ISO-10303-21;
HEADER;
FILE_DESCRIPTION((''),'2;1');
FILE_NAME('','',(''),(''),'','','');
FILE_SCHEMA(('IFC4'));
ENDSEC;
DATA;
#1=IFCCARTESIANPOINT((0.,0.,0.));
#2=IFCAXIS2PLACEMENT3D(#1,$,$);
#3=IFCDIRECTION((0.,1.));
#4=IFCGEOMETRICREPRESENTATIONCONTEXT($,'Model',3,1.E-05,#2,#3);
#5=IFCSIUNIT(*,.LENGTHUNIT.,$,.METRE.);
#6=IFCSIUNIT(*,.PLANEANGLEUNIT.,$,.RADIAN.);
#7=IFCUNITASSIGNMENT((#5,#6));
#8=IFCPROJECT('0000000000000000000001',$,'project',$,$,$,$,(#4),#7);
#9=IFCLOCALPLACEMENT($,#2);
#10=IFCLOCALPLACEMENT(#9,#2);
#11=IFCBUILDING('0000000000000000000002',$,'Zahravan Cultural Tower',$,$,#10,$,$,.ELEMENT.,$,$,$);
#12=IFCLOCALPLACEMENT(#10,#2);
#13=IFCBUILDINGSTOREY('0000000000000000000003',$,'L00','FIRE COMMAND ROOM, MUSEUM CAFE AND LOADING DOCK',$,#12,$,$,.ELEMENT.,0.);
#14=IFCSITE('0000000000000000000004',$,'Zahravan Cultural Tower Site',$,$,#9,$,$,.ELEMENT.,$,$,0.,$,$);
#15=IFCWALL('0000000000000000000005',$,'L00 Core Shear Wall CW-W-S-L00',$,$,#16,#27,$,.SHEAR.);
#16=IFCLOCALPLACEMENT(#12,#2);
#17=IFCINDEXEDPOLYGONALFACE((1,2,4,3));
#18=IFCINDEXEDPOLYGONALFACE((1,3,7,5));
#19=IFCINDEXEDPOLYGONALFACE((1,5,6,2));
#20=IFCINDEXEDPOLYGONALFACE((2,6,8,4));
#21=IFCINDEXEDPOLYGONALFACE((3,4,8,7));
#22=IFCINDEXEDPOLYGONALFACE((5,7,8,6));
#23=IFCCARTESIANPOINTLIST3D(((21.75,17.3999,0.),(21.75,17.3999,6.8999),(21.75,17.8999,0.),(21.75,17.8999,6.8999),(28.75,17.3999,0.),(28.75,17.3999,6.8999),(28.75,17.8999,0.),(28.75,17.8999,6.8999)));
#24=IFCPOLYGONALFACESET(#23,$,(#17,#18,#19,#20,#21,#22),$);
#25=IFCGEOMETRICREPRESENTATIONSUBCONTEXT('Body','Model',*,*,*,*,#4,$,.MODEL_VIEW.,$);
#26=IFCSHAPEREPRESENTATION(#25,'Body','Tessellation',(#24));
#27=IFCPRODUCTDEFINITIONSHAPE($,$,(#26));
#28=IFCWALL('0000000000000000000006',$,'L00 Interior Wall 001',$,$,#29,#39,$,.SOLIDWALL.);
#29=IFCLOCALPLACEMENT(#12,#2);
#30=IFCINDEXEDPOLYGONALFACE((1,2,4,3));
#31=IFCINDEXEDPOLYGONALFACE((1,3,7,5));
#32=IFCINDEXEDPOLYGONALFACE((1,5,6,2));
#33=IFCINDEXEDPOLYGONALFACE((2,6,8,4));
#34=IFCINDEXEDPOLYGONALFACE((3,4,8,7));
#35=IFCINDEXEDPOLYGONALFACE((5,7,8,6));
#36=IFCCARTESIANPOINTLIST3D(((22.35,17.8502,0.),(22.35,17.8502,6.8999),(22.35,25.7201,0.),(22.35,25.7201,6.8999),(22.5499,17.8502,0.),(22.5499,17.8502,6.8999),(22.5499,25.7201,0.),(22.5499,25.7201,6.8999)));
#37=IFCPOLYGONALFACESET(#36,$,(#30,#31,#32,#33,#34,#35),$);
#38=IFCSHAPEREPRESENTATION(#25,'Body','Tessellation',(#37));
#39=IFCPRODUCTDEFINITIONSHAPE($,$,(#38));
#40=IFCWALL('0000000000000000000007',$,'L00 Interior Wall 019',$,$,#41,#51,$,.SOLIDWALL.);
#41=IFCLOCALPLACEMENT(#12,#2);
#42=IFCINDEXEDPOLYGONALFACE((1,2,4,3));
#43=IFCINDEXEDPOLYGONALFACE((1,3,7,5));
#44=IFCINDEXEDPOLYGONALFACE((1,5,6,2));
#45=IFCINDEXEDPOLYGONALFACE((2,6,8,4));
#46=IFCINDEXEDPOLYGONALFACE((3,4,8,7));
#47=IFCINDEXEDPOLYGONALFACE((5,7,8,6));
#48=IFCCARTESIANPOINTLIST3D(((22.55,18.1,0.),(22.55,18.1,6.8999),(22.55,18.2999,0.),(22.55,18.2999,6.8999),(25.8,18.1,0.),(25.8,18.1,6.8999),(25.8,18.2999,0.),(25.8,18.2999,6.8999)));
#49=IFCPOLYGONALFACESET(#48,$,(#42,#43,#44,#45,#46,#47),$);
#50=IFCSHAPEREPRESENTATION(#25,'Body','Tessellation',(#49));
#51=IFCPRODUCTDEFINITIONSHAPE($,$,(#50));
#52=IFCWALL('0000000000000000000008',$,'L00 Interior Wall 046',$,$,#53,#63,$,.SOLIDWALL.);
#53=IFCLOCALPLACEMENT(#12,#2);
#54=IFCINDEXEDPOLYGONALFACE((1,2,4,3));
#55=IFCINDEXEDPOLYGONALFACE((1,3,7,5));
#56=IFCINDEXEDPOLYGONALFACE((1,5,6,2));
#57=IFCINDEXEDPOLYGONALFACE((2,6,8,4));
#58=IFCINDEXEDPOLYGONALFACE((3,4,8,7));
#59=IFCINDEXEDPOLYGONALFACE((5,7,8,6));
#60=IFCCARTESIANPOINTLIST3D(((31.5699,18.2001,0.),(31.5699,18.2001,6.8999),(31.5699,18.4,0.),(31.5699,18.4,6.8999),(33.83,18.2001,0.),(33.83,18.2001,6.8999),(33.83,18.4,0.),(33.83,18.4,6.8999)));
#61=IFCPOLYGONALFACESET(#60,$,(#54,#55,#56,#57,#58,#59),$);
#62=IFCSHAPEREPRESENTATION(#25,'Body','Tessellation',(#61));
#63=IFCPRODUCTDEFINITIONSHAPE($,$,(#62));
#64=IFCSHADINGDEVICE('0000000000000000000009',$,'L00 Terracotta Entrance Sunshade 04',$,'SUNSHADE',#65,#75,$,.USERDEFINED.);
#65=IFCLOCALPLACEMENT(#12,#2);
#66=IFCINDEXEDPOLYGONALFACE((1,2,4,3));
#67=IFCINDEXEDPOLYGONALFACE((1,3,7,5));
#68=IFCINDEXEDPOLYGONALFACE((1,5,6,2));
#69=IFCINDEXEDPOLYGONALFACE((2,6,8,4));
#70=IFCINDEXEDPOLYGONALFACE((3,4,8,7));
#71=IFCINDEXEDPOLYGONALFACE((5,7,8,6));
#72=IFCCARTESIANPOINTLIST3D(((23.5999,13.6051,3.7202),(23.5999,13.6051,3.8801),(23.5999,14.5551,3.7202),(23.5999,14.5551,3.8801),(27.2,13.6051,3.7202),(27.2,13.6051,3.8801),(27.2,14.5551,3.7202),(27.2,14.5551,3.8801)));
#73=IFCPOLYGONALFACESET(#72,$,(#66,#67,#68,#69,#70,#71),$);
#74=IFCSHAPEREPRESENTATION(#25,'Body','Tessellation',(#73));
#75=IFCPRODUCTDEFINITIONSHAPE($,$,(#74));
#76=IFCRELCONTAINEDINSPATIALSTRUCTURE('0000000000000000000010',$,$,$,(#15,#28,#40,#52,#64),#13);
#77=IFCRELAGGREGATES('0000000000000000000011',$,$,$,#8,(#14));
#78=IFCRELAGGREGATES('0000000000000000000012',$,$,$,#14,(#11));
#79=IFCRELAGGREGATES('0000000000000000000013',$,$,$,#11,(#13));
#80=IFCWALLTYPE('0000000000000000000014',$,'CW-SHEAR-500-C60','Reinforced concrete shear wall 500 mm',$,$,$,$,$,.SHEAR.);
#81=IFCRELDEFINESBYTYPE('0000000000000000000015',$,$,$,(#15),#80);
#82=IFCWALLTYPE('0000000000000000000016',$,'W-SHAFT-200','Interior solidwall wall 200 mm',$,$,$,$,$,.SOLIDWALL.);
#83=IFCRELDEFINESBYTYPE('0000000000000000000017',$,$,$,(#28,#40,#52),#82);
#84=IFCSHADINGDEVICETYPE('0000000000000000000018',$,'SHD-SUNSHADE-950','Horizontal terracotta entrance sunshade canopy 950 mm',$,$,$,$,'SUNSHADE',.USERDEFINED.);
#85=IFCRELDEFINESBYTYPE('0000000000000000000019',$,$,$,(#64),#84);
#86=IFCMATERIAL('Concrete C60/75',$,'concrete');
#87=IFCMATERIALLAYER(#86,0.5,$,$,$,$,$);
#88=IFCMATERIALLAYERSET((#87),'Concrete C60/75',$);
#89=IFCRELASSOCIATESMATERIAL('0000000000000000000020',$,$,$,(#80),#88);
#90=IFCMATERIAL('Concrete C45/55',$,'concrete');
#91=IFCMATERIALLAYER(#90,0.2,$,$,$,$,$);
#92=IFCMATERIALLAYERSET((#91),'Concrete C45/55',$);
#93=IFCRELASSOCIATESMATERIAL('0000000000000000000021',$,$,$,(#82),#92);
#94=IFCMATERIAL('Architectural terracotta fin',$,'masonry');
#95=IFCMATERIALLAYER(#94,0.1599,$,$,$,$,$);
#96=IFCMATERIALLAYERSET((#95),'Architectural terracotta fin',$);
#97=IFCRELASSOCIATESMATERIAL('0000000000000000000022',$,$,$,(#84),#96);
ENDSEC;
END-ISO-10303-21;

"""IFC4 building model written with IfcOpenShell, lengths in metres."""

from ifc_helpers import new_model, si_unit, direction, frame, frame_2d, origin, origin_2d, place, context, subcontext, project, spatial, rectangle, extrude, source, transform, mapped, material, layer, layer_set, type_object, element, save


model = new_model("IFC4")

# Units and contexts
model_context = context("Model", 3, precision=1e-05, world=origin(), true_north=direction((0.0, 1.0)))
body_context = subcontext(model_context, "Body", "Model", "MODEL_VIEW")
ifc_project = project(units=[si_unit("LENGTHUNIT", "METRE"), si_unit("PLANEANGLEUNIT", "RADIAN")], contexts=[model_context])

# Site, building, storey
site_placement = place(None, origin())
site = spatial("IfcSite", under=ifc_project, at=site_placement, Name="Zahravan Cultural Tower Site", CompositionType="ELEMENT", RefElevation=0.0)
building_placement = place(site_placement, origin())
building = spatial("IfcBuilding", under=site, at=building_placement, Name="Zahravan Cultural Tower", CompositionType="ELEMENT")
storey_placement = place(building_placement, origin())
storey = spatial("IfcBuildingStorey", under=building, at=storey_placement, Name="L00", Description="FIRE COMMAND ROOM, MUSEUM CAFE AND LOADING DOCK", CompositionType="ELEMENT", Elevation=0.0)

# Shared definitions
ifc_material_1 = material(Name="Concrete C60/75", Category="concrete")

# Shared definitions
ifc_layer_1 = layer(ifc_material_1, 0.5)
ifc_layer_set_1 = layer_set([ifc_layer_1], Name="Concrete C60/75")
wall_type_1 = type_object("IfcWallType", Name="CW-SHEAR-500-C60", Description="Reinforced concrete shear wall 500 mm", PredefinedType="SHEAR", material=ifc_layer_set_1)

# Shared definitions
ifc_material_2 = material(Name="Concrete C45/55", Category="concrete")
ifc_layer_2 = layer(ifc_material_2, 0.2)
ifc_layer_set_2 = layer_set([ifc_layer_2], Name="Concrete C45/55")
wall_type_2 = type_object("IfcWallType", Name="W-SHAFT-200", Description="Interior solidwall wall 200 mm", PredefinedType="SOLIDWALL", material=ifc_layer_set_2)

# Walls
shared_shape_1 = source(origin(), body_context, "Body", "SweptSolid", [
    extrude(rectangle(XDim=7.0, YDim=0.5, at=frame_2d((3.5, 0.0))), origin(), (0.0, 0.0, 1.0), 6.8999),
])
wall_1_placement = place(storey_placement, frame((21.75, 17.6499, 0.0), z_axis=(0.0, 0.0, 1.0), x_axis=(1.0, 0.0, 0.0)))
element("IfcWall", 1, at=wall_1_placement, inside=storey, type_object=wall_type_1, Name="L00 Core Shear Wall CW-W-S-L00", PredefinedType="SHEAR", context=body_context, shape_type="MappedRepresentation", body=[
    mapped(shared_shape_1, transform((0.0, 0.0, 0.0), x_axis=(1.0, 0.0, 0.0), y_axis=(0.0, 1.0, 0.0), z_axis=(0.0, 0.0, 1.0), scale=1.0)),
])
shared_shape_2 = source(origin(), body_context, "Body", "SweptSolid", [
    extrude(rectangle(XDim=7.8699, YDim=0.2, at=frame_2d((3.9351, 0.0))), origin(), (0.0, 0.0, 1.0), 6.8999),
])
wall_2_placement = place(storey_placement, frame((22.45, 17.8501, 0.0), z_axis=(0.0, 0.0, 1.0), x_axis=(0.0, 1.0, 0.0)))
element("IfcWall", 2, at=wall_2_placement, inside=storey, type_object=wall_type_2, Name="L00 Interior Wall 001", PredefinedType="SOLIDWALL", context=body_context, shape_type="MappedRepresentation", body=[
    mapped(shared_shape_2, transform((0.0, 0.0, 0.0), x_axis=(1.0, 0.0, 0.0), y_axis=(0.0, 1.0, 0.0), z_axis=(0.0, 0.0, 1.0), scale=1.0)),
])
shared_shape_3 = source(origin(), body_context, "Body", "SweptSolid", [
    extrude(rectangle(XDim=3.25, YDim=0.2, at=frame_2d((1.625, 0.0))), origin(), (0.0, 0.0, 1.0), 6.8999),
])
wall_3_placement = place(storey_placement, frame((22.55, 18.2, 0.0), z_axis=(0.0, 0.0, 1.0), x_axis=(1.0, 0.0, 0.0)))
element("IfcWall", 3, at=wall_3_placement, inside=storey, type_object=wall_type_2, Name="L00 Interior Wall 019", PredefinedType="SOLIDWALL", context=body_context, shape_type="MappedRepresentation", body=[
    mapped(shared_shape_3, transform((0.0, 0.0, 0.0), x_axis=(1.0, 0.0, 0.0), y_axis=(0.0, 1.0, 0.0), z_axis=(0.0, 0.0, 1.0), scale=1.0)),
])
shared_shape_4 = source(origin(), body_context, "Body", "SweptSolid", [
    extrude(rectangle(XDim=2.26, YDim=0.2, at=frame_2d((1.1299, 0.0))), origin(), (0.0, 0.0, 1.0), 6.8999),
])
wall_4_placement = place(storey_placement, frame((31.5701, 18.3, 0.0), z_axis=(0.0, 0.0, 1.0), x_axis=(1.0, 0.0, 0.0)))
element("IfcWall", 4, at=wall_4_placement, inside=storey, type_object=wall_type_2, Name="L00 Interior Wall 046", PredefinedType="SOLIDWALL", context=body_context, shape_type="MappedRepresentation", body=[
    mapped(shared_shape_4, transform((0.0, 0.0, 0.0), x_axis=(1.0, 0.0, 0.0), y_axis=(0.0, 1.0, 0.0), z_axis=(0.0, 0.0, 1.0), scale=1.0)),
])

# Shading device
ifc_material_3 = material(Name="Architectural terracotta fin", Category="masonry")
ifc_layer_3 = layer(ifc_material_3, 0.1599)
ifc_layer_set_3 = layer_set([ifc_layer_3], Name="Architectural terracotta fin")
shading_device_type = type_object("IfcShadingDeviceType", Name="SHD-SUNSHADE-950", Description="Horizontal terracotta entrance sunshade canopy 950 mm", ElementType="SUNSHADE", PredefinedType="USERDEFINED", material=ifc_layer_set_3)
shared_shape_5 = source(origin(), body_context, "Body", "SweptSolid", [
    extrude(rectangle(XDim=3.6001, YDim=0.95, at=origin_2d()), origin(), (0.0, 0.0, 1.0), 0.1599),
])
shading_device_placement = place(storey_placement, frame((25.3999, 14.0801, 3.7202), z_axis=(0.0, 0.0, 1.0), x_axis=(1.0, 0.0, 0.0)))
element("IfcShadingDevice", 5, at=shading_device_placement, inside=storey, type_object=shading_device_type, Name="L00 Terracotta Entrance Sunshade 04", ObjectType="SUNSHADE", PredefinedType="USERDEFINED", context=body_context, shape_type="MappedRepresentation", body=[
    mapped(shared_shape_5, transform((0.0, 0.0, 0.0), x_axis=(1.0, 0.0, 0.0), y_axis=(0.0, 1.0, 0.0), z_axis=(0.0, 0.0, 1.0), scale=1.0)),
])

save(model, "model.ifc")
